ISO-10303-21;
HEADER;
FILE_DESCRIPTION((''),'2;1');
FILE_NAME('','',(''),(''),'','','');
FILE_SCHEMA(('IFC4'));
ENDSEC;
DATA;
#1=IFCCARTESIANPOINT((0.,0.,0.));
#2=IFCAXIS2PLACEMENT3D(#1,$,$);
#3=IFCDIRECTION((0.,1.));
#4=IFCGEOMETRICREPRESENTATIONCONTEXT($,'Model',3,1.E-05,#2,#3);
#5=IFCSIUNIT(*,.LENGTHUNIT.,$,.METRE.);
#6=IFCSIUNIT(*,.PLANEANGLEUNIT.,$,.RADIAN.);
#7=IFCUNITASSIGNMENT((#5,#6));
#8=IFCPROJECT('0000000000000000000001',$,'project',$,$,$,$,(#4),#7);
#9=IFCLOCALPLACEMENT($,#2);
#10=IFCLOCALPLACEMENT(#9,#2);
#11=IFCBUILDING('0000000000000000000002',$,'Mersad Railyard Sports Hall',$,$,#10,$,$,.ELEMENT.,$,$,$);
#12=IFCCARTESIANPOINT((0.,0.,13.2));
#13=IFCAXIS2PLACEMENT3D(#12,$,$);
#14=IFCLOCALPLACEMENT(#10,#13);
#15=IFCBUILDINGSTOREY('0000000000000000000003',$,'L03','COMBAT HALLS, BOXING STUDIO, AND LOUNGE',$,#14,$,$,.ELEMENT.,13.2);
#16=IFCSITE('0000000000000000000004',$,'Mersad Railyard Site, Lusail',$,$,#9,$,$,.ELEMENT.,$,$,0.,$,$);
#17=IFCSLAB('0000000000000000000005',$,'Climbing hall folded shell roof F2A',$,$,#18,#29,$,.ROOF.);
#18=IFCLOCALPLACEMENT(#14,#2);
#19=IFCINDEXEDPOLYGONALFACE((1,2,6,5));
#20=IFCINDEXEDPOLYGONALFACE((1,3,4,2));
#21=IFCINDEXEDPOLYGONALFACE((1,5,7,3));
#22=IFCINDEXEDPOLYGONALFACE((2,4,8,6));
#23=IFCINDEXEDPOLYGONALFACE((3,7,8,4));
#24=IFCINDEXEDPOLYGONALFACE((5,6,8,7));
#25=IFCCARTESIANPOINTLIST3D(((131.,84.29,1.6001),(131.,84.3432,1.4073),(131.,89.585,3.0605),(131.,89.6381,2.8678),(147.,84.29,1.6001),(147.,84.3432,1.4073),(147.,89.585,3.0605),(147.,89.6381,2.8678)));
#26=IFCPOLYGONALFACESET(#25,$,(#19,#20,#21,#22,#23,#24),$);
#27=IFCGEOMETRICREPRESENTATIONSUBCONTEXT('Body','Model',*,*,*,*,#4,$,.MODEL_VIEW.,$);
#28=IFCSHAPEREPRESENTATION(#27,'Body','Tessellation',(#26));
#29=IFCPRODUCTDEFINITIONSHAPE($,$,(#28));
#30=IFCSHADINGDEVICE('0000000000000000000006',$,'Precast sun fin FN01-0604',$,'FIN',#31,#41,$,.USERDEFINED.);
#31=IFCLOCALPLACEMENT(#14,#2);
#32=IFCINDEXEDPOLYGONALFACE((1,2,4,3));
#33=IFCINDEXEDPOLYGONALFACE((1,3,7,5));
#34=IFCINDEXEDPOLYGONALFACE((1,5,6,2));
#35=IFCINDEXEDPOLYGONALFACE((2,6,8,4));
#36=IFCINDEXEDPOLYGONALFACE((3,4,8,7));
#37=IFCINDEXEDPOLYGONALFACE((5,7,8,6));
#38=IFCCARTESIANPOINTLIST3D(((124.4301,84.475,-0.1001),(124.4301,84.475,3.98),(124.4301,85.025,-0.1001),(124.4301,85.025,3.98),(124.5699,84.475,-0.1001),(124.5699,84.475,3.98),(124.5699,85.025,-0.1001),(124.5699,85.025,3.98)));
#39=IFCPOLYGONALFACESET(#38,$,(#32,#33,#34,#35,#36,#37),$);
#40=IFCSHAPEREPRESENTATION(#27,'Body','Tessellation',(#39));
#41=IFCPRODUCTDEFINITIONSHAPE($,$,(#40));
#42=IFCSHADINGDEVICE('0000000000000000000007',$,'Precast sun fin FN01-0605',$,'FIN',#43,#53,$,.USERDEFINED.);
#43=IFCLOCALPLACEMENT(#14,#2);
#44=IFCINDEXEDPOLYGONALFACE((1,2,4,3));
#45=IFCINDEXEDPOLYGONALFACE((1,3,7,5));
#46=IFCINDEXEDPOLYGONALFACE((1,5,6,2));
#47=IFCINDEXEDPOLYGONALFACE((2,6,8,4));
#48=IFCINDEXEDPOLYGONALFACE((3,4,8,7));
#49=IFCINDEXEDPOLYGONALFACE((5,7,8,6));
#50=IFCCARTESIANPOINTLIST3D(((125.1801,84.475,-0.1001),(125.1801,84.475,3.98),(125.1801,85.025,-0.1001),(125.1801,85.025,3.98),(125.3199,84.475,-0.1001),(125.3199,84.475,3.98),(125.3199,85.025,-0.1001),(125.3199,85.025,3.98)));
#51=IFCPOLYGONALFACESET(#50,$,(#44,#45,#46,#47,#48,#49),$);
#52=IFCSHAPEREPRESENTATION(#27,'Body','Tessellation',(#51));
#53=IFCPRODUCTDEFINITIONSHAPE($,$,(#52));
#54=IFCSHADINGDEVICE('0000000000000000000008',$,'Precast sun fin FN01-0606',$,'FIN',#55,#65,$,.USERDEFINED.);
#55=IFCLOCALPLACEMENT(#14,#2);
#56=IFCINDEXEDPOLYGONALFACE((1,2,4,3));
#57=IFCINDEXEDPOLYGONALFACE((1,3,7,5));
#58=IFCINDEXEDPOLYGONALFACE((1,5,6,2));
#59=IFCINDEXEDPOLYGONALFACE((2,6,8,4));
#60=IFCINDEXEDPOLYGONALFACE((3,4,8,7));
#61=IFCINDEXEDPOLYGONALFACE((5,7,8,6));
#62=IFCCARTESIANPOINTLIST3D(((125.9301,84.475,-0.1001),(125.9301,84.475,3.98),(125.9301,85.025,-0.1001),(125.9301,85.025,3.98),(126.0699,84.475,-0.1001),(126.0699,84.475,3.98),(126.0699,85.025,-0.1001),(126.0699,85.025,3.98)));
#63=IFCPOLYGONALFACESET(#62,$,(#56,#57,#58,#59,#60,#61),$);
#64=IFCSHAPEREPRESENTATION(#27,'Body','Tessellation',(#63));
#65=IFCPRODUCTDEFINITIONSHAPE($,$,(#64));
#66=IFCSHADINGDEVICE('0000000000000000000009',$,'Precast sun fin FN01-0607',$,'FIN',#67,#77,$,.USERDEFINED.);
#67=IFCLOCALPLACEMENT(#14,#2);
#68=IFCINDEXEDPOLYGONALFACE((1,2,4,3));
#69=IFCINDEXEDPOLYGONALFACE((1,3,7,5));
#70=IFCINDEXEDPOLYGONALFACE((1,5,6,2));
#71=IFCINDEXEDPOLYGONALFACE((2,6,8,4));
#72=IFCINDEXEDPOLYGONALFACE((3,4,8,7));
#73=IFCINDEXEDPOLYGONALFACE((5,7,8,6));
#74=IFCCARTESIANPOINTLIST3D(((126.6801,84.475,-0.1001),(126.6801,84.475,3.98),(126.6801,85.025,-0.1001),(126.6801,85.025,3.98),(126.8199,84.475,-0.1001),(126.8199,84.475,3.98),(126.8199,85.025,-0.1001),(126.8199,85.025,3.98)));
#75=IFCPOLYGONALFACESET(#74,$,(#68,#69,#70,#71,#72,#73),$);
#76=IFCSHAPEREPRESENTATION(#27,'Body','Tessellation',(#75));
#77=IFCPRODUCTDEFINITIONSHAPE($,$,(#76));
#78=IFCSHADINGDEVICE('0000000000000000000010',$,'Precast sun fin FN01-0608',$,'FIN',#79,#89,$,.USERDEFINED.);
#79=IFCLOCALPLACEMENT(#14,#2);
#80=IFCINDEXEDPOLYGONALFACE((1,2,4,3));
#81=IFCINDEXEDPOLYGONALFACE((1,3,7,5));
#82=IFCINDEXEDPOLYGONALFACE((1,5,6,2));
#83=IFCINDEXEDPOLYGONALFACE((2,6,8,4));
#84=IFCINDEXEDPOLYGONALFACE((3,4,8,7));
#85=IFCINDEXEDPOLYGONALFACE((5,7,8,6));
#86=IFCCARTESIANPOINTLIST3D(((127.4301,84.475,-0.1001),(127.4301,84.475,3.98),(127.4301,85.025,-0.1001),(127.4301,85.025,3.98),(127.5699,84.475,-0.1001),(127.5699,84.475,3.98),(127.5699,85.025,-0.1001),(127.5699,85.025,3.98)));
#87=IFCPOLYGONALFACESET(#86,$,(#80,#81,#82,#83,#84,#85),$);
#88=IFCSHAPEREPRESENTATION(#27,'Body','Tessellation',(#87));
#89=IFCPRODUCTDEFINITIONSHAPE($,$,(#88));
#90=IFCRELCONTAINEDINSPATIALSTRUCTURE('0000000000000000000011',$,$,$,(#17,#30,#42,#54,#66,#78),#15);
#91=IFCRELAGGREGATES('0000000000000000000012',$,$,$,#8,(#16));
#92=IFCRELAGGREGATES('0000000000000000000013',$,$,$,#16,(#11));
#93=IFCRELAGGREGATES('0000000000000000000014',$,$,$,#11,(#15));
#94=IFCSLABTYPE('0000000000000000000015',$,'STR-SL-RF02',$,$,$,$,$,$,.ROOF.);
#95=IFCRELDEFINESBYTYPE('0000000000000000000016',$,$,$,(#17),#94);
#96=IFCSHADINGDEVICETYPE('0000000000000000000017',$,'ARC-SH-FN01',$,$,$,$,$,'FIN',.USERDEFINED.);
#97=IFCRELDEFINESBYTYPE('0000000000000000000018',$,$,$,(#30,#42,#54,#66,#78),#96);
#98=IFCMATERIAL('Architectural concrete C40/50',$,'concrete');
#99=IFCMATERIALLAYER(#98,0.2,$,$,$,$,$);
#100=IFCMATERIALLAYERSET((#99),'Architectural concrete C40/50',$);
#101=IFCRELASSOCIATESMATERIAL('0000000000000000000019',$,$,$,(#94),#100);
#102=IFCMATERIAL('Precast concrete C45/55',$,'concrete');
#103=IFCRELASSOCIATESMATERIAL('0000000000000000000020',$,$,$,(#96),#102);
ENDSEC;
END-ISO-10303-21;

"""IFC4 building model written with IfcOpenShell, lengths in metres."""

from ifc_helpers import new_model, si_unit, direction, frame, origin, origin_2d, place, context, subcontext, project, spatial, polyline, rectangle, outline, extrude, material, layer, layer_set, type_object, element, save


model = new_model("IFC4")

# Units and contexts
model_context = context("Model", 3, precision=1e-05, world=origin(), true_north=direction((0.0, 1.0)))
body_context = subcontext(model_context, "Body", "Model", "MODEL_VIEW")
ifc_project = project(units=[si_unit("LENGTHUNIT", "METRE"), si_unit("PLANEANGLEUNIT", "RADIAN")], contexts=[model_context])

# Site, building, storey
site_placement = place(None, origin())
site = spatial("IfcSite", under=ifc_project, at=site_placement, Name="Mersad Railyard Site, Lusail", CompositionType="ELEMENT", RefElevation=0.0)
building_placement = place(site_placement, origin())
building = spatial("IfcBuilding", under=site, at=building_placement, Name="Mersad Railyard Sports Hall", CompositionType="ELEMENT")
storey_placement = place(building_placement, frame((0.0, 0.0, 13.2)))
storey = spatial("IfcBuildingStorey", under=building, at=storey_placement, Name="L03", Description="COMBAT HALLS, BOXING STUDIO, AND LOUNGE", CompositionType="ELEMENT", Elevation=13.2)

# Slab
ifc_material_1 = material(Name="Architectural concrete C40/50", Category="concrete")
ifc_layer_1 = layer(ifc_material_1, 0.2)
ifc_layer_set_1 = layer_set([ifc_layer_1], Name="Architectural concrete C40/50")
slab_type = type_object("IfcSlabType", Name="STR-SL-RF02", PredefinedType="ROOF", material=ifc_layer_set_1)
for number, where, z_axis, x_axis, name in (
    (1, (131.0, 84.29, 1.6001), (0.0, -0.265892, 0.964003), (1.0, 0.0, 0.0), "Climbing hall folded shell roof F2A"),
):
    element("IfcSlab", number, at=place(storey_placement, frame(where, z_axis=z_axis, x_axis=x_axis)), inside=storey, type_object=slab_type, Name=name, PredefinedType="ROOF", context=body_context, shape_type="SweptSolid", body=[
        extrude(outline(polyline([(0.0, 0.0), (16.0, 0.0), (16.0, 5.4926), (0.0, 5.4926), (0.0, 0.0)])), origin(), (0.0, 0.0, -1.0), 0.2),
    ])

# Shading devices
ifc_material_2 = material(Name="Precast concrete C45/55", Category="concrete")
shading_device_type = type_object("IfcShadingDeviceType", Name="ARC-SH-FN01", ElementType="FIN", PredefinedType="USERDEFINED", material=ifc_material_2)
for number, where, z_axis, x_axis, name in (
    (2, (124.5, 84.75, -0.1001), (0.0, 0.0, 1.0), (1.0, 0.0, 0.0), "Precast sun fin FN01-0604"),
    (3, (125.25, 84.75, -0.1001), (0.0, 0.0, 1.0), (1.0, 0.0, 0.0), "Precast sun fin FN01-0605"),
    (4, (126.0, 84.75, -0.1001), (0.0, 0.0, 1.0), (1.0, 0.0, 0.0), "Precast sun fin FN01-0606"),
    (5, (126.75, 84.75, -0.1001), (0.0, 0.0, 1.0), (1.0, 0.0, 0.0), "Precast sun fin FN01-0607"),
    (6, (127.5, 84.75, -0.1001), (0.0, 0.0, 1.0), (1.0, 0.0, 0.0), "Precast sun fin FN01-0608"),
):
    element("IfcShadingDevice", number, at=place(storey_placement, frame(where, z_axis=z_axis, x_axis=x_axis)), inside=storey, type_object=shading_device_type, Name=name, ObjectType="FIN", PredefinedType="USERDEFINED", context=body_context, shape_type="SweptSolid", body=[
        extrude(rectangle(XDim=0.1399, YDim=0.55, at=origin_2d()), origin(), (0.0, 0.0, 1.0), 4.0801),
    ])

save(model, "model.ifc")
